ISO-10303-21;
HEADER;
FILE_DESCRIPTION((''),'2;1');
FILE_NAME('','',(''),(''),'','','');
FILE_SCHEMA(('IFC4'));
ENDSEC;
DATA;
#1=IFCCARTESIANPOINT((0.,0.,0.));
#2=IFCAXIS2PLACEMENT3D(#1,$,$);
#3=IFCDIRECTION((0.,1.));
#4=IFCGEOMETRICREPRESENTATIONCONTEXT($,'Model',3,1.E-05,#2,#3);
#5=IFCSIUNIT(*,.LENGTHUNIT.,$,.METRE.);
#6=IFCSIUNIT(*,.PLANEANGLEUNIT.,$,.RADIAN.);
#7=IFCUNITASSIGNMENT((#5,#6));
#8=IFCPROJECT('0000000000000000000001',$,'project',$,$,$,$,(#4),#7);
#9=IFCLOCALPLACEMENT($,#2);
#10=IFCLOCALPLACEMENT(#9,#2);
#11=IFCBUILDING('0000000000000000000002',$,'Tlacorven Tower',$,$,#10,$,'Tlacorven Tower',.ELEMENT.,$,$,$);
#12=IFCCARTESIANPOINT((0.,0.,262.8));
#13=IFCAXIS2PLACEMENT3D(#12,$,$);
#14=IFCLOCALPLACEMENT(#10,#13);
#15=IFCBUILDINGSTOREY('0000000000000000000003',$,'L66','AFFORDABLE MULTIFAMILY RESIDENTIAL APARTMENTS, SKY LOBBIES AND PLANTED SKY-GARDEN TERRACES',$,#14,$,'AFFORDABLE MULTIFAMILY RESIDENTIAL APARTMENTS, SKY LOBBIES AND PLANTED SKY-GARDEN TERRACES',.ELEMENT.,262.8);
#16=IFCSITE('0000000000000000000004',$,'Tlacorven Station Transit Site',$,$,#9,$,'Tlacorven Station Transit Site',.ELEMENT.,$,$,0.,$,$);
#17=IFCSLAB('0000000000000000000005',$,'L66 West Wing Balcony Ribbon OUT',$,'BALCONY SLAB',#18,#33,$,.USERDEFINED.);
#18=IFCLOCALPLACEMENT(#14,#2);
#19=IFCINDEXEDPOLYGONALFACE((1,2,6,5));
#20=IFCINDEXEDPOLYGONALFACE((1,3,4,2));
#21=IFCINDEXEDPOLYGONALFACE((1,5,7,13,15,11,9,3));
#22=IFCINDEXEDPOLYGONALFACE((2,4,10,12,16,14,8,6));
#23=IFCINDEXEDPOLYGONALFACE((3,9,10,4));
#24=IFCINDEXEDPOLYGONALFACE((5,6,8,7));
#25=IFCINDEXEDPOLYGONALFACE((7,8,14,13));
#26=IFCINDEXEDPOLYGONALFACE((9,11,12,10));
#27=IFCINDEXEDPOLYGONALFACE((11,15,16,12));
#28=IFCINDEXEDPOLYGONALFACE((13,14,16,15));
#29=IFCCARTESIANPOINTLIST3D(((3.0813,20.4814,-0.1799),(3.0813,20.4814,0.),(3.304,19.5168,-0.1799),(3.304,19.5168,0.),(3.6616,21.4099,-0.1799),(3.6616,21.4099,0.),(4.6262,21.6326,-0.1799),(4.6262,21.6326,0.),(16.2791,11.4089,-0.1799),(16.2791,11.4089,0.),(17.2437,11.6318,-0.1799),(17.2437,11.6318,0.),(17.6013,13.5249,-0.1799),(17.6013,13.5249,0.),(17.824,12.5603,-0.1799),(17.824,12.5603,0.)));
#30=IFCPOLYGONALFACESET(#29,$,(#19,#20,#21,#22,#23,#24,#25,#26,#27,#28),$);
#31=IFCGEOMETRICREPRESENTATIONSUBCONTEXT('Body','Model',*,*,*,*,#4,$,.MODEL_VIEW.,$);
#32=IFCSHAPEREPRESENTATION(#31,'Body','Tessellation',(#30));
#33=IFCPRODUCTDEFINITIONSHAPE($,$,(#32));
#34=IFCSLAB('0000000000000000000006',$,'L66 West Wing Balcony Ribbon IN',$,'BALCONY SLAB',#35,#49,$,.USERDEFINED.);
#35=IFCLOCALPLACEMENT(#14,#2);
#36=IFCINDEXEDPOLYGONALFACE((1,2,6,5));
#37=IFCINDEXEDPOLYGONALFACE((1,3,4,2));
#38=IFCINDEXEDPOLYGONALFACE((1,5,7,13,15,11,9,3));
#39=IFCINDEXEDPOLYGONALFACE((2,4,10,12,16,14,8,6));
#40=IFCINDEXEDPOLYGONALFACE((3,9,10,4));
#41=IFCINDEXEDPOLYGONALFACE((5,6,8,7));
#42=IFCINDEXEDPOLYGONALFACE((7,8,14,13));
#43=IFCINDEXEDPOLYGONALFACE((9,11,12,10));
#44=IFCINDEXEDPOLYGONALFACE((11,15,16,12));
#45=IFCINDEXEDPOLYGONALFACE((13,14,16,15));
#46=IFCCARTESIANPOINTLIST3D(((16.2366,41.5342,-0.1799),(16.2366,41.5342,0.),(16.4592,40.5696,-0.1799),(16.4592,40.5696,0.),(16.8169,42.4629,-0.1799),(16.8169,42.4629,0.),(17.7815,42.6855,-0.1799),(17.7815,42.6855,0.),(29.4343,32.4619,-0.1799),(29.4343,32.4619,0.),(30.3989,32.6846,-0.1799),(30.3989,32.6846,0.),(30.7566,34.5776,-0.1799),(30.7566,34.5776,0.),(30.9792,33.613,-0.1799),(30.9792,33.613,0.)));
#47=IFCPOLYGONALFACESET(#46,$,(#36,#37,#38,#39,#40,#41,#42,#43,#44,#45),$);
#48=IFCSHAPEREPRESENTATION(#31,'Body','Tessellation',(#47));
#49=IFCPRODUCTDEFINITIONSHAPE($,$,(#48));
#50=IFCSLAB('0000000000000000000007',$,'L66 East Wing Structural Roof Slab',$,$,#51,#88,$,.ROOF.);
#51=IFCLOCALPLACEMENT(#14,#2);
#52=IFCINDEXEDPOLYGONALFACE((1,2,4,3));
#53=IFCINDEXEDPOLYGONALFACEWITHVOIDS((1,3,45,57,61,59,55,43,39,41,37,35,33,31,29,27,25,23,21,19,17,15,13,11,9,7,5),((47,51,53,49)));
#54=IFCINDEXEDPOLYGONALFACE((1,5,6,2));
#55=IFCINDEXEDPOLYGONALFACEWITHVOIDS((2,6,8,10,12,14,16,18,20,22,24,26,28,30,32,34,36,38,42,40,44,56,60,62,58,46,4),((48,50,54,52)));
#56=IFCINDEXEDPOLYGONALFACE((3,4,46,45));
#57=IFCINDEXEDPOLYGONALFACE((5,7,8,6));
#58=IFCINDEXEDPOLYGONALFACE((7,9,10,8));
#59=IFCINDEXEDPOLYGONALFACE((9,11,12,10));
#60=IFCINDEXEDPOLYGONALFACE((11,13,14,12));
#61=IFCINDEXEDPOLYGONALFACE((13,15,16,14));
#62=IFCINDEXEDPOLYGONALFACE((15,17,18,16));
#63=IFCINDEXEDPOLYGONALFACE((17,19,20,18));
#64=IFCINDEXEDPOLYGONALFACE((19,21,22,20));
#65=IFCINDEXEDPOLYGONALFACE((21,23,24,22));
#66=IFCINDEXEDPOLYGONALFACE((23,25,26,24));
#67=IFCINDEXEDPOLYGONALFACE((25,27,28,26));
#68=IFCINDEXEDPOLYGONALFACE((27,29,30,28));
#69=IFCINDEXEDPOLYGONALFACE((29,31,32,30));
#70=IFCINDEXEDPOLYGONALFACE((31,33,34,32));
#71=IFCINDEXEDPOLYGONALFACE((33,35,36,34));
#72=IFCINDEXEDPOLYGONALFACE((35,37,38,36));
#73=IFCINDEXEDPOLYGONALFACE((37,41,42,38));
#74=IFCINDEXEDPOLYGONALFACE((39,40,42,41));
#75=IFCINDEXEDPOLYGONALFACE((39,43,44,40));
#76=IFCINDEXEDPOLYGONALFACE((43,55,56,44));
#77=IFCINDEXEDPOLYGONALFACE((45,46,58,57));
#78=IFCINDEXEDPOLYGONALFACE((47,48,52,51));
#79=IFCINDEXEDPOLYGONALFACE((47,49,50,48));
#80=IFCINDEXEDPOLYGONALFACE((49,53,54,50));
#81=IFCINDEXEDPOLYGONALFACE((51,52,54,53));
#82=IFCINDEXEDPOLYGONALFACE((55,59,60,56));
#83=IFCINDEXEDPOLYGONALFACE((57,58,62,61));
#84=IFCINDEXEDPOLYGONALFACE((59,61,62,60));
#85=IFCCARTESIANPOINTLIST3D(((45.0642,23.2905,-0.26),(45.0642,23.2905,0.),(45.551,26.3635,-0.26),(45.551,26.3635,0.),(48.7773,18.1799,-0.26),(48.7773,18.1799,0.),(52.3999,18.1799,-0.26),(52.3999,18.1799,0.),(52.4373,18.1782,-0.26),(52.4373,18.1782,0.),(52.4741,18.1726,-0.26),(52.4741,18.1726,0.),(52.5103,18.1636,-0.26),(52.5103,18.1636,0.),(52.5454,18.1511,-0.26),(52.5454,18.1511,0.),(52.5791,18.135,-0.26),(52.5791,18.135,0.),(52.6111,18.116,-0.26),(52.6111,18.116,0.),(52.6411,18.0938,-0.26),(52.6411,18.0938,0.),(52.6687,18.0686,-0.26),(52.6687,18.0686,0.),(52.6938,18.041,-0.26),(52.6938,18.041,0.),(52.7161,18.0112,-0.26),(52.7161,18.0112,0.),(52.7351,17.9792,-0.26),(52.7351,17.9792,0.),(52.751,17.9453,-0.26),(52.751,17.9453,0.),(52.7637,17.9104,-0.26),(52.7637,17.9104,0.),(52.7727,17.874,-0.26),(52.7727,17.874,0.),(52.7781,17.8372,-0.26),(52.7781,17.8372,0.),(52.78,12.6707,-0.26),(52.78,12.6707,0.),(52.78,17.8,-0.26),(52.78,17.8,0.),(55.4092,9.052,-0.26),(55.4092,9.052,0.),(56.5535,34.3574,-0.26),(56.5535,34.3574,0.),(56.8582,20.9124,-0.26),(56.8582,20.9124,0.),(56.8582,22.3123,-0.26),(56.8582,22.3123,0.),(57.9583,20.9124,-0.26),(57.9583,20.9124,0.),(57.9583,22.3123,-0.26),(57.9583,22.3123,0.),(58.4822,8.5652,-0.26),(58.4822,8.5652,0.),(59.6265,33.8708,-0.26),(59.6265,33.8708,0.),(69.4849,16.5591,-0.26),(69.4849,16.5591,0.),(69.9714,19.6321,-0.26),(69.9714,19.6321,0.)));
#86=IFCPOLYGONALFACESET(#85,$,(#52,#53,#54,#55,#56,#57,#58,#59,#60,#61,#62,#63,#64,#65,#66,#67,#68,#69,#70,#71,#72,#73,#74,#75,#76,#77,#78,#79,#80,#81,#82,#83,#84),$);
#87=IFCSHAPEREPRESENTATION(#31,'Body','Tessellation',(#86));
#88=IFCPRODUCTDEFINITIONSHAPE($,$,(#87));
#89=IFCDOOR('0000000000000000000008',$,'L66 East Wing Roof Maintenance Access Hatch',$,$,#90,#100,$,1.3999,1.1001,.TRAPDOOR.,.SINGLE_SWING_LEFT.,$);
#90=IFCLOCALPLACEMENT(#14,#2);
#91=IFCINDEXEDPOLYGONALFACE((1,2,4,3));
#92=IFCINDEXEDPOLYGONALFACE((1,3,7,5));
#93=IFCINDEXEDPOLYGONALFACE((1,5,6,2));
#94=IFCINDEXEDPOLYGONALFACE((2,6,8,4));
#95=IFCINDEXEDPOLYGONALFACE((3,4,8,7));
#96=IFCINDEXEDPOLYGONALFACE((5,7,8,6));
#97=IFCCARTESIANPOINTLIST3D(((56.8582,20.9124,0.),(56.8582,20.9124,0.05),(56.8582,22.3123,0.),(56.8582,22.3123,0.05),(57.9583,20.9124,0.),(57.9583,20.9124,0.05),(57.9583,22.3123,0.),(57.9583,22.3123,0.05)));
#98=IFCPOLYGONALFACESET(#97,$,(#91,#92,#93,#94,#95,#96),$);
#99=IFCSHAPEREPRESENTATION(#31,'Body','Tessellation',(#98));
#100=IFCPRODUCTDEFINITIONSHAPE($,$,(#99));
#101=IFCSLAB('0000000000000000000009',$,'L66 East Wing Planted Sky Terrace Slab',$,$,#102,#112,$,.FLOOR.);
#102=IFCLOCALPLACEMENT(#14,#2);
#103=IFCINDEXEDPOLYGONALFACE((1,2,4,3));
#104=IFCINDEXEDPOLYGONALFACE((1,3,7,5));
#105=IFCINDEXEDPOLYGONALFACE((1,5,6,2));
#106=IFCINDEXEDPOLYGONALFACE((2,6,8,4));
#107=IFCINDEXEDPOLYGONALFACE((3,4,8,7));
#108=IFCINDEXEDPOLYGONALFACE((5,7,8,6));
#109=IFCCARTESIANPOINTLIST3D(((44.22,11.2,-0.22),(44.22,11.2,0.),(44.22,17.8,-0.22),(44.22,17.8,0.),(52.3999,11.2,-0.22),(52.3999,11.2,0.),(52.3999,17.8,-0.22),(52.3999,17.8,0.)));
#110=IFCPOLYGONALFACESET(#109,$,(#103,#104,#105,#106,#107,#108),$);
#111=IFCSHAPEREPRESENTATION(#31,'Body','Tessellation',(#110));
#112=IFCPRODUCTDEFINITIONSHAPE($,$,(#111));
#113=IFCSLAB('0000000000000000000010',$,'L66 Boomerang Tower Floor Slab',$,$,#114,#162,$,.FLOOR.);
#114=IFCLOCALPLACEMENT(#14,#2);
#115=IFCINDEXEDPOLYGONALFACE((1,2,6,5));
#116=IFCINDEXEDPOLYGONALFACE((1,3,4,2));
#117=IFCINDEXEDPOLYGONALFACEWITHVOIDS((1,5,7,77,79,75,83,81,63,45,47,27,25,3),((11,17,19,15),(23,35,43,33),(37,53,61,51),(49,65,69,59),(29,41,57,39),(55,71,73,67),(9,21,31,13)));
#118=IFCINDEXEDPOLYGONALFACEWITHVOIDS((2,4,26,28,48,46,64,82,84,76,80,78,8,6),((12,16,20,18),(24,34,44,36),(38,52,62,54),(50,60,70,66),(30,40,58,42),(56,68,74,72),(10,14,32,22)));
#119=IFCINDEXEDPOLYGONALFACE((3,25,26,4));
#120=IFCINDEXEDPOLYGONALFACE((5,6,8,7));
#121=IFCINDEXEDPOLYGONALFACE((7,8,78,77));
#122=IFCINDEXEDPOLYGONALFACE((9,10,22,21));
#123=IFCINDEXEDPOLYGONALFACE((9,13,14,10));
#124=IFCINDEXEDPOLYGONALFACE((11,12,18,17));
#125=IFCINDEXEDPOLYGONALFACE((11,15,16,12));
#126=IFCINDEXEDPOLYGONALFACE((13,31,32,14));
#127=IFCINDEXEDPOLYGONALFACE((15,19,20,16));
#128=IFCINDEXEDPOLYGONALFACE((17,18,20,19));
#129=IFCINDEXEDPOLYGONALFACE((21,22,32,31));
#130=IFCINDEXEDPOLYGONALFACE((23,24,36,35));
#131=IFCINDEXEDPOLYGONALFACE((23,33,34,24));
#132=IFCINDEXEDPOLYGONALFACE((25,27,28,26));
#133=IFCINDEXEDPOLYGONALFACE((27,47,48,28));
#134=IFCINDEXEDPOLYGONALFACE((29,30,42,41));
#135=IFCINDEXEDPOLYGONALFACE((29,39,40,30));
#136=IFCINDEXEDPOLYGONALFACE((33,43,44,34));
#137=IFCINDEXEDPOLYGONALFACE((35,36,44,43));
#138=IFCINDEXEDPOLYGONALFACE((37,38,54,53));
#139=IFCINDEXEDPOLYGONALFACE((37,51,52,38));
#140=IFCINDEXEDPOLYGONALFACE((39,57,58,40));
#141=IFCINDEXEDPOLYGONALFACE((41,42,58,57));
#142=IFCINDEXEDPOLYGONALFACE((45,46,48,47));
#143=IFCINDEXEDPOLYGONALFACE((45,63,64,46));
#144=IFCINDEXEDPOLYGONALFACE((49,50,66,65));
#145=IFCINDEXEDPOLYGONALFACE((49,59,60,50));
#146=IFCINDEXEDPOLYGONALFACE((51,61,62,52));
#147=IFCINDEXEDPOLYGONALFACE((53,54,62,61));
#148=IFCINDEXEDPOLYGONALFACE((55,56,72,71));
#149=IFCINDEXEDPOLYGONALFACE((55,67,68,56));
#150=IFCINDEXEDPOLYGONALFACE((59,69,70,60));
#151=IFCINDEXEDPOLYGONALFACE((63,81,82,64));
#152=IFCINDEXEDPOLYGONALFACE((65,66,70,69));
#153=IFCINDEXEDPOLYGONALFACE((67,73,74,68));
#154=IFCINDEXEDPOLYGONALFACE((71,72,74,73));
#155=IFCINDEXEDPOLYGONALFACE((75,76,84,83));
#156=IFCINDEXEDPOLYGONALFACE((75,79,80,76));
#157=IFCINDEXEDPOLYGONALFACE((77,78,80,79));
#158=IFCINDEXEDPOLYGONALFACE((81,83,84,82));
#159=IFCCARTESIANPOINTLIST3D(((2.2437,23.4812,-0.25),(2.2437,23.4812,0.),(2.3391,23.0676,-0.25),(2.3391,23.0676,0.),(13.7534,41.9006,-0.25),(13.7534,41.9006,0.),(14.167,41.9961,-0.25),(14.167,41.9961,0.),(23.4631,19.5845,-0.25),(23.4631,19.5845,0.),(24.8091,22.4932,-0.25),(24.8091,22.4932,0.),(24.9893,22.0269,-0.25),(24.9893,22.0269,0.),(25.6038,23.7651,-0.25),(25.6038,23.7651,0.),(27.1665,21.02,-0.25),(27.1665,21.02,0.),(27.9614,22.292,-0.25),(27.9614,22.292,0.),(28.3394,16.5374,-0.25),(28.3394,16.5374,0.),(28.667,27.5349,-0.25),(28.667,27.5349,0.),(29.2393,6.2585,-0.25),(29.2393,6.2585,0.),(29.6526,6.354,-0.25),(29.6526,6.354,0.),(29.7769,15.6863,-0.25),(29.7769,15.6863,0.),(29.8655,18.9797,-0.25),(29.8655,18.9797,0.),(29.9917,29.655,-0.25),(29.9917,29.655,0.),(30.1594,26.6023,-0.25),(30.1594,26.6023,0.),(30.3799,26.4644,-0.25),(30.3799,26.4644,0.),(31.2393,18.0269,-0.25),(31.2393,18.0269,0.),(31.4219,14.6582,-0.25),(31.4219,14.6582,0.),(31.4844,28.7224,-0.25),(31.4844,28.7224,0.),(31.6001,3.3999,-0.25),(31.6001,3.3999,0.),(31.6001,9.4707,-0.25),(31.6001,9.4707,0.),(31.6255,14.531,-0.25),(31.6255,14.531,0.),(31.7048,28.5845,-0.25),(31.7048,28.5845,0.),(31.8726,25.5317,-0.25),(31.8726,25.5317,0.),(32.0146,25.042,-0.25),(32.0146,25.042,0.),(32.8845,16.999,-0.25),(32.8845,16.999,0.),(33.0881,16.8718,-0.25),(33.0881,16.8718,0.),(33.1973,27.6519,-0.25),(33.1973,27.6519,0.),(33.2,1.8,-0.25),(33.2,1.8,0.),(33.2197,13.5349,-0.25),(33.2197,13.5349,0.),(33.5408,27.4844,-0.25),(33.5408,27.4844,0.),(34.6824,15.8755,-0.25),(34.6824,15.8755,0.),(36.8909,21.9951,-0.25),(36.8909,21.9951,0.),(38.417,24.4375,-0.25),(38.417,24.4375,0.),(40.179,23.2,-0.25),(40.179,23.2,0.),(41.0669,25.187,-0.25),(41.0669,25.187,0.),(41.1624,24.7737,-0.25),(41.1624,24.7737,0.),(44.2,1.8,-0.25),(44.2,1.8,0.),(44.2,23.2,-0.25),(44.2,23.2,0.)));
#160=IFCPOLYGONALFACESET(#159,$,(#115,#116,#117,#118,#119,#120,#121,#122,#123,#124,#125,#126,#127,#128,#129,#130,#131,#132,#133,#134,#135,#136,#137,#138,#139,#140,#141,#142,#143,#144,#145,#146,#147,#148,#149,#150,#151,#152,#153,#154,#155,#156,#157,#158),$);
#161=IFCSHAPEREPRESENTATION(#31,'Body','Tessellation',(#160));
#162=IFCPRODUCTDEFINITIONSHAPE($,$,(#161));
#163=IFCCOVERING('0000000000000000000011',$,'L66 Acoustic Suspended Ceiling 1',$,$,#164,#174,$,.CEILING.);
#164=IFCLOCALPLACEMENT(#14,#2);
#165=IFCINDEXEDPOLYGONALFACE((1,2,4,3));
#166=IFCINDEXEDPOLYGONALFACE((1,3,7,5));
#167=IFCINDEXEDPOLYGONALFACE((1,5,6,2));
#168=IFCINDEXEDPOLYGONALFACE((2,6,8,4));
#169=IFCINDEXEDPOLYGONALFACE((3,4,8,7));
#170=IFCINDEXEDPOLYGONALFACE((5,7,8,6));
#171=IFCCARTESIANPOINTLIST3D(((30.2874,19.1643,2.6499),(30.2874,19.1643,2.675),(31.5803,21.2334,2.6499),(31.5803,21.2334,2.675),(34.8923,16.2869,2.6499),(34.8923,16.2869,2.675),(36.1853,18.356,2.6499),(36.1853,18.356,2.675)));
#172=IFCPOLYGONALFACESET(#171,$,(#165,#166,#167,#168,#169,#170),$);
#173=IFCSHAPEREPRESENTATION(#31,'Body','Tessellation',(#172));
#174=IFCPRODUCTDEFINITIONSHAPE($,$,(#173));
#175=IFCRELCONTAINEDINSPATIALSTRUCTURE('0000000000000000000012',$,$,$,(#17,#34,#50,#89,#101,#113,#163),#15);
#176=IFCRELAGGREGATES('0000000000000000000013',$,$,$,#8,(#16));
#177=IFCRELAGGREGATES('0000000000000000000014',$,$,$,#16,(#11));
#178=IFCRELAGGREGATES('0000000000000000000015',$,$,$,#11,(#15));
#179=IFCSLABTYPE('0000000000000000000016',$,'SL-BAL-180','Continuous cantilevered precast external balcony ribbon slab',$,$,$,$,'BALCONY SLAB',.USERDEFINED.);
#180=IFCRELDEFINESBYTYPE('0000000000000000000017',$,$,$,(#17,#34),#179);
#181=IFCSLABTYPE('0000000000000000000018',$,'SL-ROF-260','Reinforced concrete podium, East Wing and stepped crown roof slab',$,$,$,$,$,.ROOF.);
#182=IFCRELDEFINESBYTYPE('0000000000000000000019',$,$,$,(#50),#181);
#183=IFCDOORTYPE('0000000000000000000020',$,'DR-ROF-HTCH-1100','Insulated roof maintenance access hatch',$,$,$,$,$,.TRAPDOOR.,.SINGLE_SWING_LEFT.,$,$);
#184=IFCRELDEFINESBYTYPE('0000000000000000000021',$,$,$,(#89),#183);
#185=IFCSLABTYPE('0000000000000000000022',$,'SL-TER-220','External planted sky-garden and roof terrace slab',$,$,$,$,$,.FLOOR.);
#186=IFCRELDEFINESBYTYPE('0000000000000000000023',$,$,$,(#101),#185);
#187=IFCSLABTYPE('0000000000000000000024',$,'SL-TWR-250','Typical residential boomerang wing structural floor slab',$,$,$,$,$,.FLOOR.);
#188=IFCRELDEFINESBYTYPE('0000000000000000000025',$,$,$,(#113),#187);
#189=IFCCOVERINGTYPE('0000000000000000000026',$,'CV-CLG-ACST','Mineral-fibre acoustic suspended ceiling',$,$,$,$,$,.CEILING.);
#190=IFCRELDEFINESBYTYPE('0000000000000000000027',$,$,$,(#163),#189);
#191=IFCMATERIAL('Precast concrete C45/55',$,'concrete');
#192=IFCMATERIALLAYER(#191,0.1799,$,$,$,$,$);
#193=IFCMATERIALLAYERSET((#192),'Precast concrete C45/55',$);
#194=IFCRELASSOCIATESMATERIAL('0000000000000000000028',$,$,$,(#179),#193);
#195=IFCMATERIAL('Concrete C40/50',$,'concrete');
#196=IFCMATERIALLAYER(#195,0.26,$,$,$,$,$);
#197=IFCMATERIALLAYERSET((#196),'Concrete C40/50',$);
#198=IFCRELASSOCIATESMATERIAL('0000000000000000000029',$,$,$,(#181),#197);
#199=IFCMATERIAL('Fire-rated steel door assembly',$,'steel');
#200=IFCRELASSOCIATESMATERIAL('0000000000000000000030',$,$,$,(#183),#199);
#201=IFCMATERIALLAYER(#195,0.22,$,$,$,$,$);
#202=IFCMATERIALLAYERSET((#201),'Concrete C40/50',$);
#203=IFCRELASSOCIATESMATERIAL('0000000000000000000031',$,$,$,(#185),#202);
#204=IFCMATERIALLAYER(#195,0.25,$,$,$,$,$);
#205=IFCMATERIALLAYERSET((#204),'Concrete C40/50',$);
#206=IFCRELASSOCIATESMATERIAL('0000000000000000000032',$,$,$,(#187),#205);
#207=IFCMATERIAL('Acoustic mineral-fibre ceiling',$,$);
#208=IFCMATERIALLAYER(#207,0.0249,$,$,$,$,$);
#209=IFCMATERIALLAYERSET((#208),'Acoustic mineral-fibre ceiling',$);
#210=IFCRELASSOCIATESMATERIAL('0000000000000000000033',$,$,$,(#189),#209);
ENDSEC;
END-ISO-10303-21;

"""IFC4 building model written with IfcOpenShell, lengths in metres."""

from ifc_helpers import new_model, si_unit, direction, frame, origin, origin_2d, place, context, subcontext, project, spatial, polyline, rectangle, outline, extrude, material, layer, layer_set, type_object, element, fill, save


model = new_model("IFC4")

# Units and contexts
model_context = context("Model", 3, precision=1e-05, world=origin(), true_north=direction((0.0, 1.0)))
body_context = subcontext(model_context, "Body", "Model", "MODEL_VIEW")
ifc_project = project(units=[si_unit("LENGTHUNIT", "METRE"), si_unit("PLANEANGLEUNIT", "RADIAN")], contexts=[model_context])

# Site, building, storey
site_placement = place(None, origin())
site = spatial("IfcSite", under=ifc_project, at=site_placement, Name="Tlacorven Station Transit Site", LongName="Tlacorven Station Transit Site", CompositionType="ELEMENT", RefElevation=0.0)
building_placement = place(site_placement, origin())
building = spatial("IfcBuilding", under=site, at=building_placement, Name="Tlacorven Tower", LongName="Tlacorven Tower", CompositionType="ELEMENT")
storey_placement = place(building_placement, frame((0.0, 0.0, 262.8)))
storey = spatial("IfcBuildingStorey", under=building, at=storey_placement, Name="L66", Description="AFFORDABLE MULTIFAMILY RESIDENTIAL APARTMENTS, SKY LOBBIES AND PLANTED SKY-GARDEN TERRACES", LongName="AFFORDABLE MULTIFAMILY RESIDENTIAL APARTMENTS, SKY LOBBIES AND PLANTED SKY-GARDEN TERRACES", CompositionType="ELEMENT", Elevation=262.8)

# Slabs
ifc_material_1 = material(Name="Precast concrete C45/55", Category="concrete")
ifc_layer_1 = layer(ifc_material_1, 0.1799)
ifc_layer_set_1 = layer_set([ifc_layer_1], Name="Precast concrete C45/55")
slab_type_1 = type_object("IfcSlabType", Name="SL-BAL-180", Description="Continuous cantilevered precast external balcony ribbon slab", ElementType="BALCONY SLAB", PredefinedType="USERDEFINED", material=ifc_layer_set_1)
slab_1_placement = place(storey_placement, frame((0.0, 0.0, -0.1799)))
element("IfcSlab", 1, at=slab_1_placement, inside=storey, type_object=slab_type_1, Name="L66 West Wing Balcony Ribbon OUT", ObjectType="BALCONY SLAB", PredefinedType="USERDEFINED", context=body_context, shape_type="SweptSolid", body=[
    extrude(outline(polyline([(17.6013, 13.5249), (4.6262, 21.6326), (3.6616, 21.4099), (3.0813, 20.4814), (3.304, 19.5168), (16.2791, 11.4089), (17.2437, 11.6318), (17.824, 12.5603), (17.6013, 13.5249)])), origin(), (0.0, 0.0, 1.0), 0.1799),
])
slab_2_placement = place(storey_placement, frame((0.0, 0.0, -0.1799)))
element("IfcSlab", 2, at=slab_2_placement, inside=storey, type_object=slab_type_1, Name="L66 West Wing Balcony Ribbon IN", ObjectType="BALCONY SLAB", PredefinedType="USERDEFINED", context=body_context, shape_type="SweptSolid", body=[
    extrude(outline(polyline([(30.7566, 34.5776), (17.7815, 42.6855), (16.8169, 42.4629), (16.2366, 41.5342), (16.4592, 40.5696), (29.4343, 32.4619), (30.3989, 32.6846), (30.9792, 33.613), (30.7566, 34.5776)])), origin(), (0.0, 0.0, 1.0), 0.1799),
])

# Slab, opening, door
ifc_material_2 = material(Name="Concrete C40/50", Category="concrete")
ifc_layer_2 = layer(ifc_material_2, 0.26)
ifc_layer_set_2 = layer_set([ifc_layer_2], Name="Concrete C40/50")
slab_type_2 = type_object("IfcSlabType", Name="SL-ROF-260", Description="Reinforced concrete podium, East Wing and stepped crown roof slab", PredefinedType="ROOF", material=ifc_layer_set_2)
slab_3_placement = place(storey_placement, frame((0.0, 0.0, -0.26)))
slab_3 = element("IfcSlab", 3, at=slab_3_placement, inside=storey, type_object=slab_type_2, Name="L66 East Wing Structural Roof Slab", PredefinedType="ROOF", context=body_context, shape_type="SweptSolid", body=[
    extrude(outline(polyline([(52.78, 12.6707), (52.78, 17.8), (52.7781, 17.8372), (52.7727, 17.874), (52.7637, 17.9104), (52.751, 17.9453), (52.7351, 17.9792), (52.7161, 18.0112), (52.6938, 18.041), (52.6687, 18.0686), (52.6411, 18.0938), (52.6111, 18.116), (52.5791, 18.135), (52.5454, 18.1511), (52.5103, 18.1636), (52.4741, 18.1726), (52.4373, 18.1782), (52.3999, 18.1799), (48.7773, 18.1799), (45.0642, 23.2905), (45.551, 26.3635), (56.5535, 34.3574), (59.6265, 33.8708), (69.9714, 19.6321), (69.4849, 16.5591), (58.4822, 8.5652), (55.4092, 9.052), (52.78, 12.6707)])), origin(), (0.0, 0.0, 1.0), 0.26),
])
opening_placement = place(slab_3_placement, frame((57.4082, 21.6123, 0.0)))
opening = element("IfcOpeningElement", 4, at=opening_placement, cuts=slab_3, PredefinedType="OPENING", context=body_context, shape_type="SweptSolid", body=[
    extrude(rectangle(XDim=1.1001, YDim=1.3999, at=origin_2d()), frame((0.0, 0.0, -0.01)), (0.0, 0.0, 1.0), 0.3501),
])
ifc_material_3 = material(Name="Fire-rated steel door assembly", Category="steel")
door_type = type_object("IfcDoorType", Name="DR-ROF-HTCH-1100", Description="Insulated roof maintenance access hatch", OperationType="SINGLE_SWING_LEFT", PredefinedType="TRAPDOOR", material=ifc_material_3)
door_placement = place(opening_placement, frame((0.0, 0.0, 0.26)))
door = element("IfcDoor", 5, at=door_placement, inside=storey, type_object=door_type, Name="L66 East Wing Roof Maintenance Access Hatch", OperationType="SINGLE_SWING_LEFT", OverallHeight=1.3999, OverallWidth=1.1001, PredefinedType="TRAPDOOR", context=body_context, shape_type="SweptSolid", body=[
    extrude(rectangle(XDim=1.1001, YDim=1.3999, at=origin_2d()), origin(), (0.0, 0.0, 1.0), 0.05),
])
fill(opening, door)

# Slabs
ifc_layer_3 = layer(ifc_material_2, 0.22)
ifc_layer_set_3 = layer_set([ifc_layer_3], Name="Concrete C40/50")
slab_type_3 = type_object("IfcSlabType", Name="SL-TER-220", Description="External planted sky-garden and roof terrace slab", PredefinedType="FLOOR", material=ifc_layer_set_3)
slab_4_placement = place(storey_placement, frame((0.0, 0.0, -0.22)))
element("IfcSlab", 6, at=slab_4_placement, inside=storey, type_object=slab_type_3, Name="L66 East Wing Planted Sky Terrace Slab", PredefinedType="FLOOR", context=body_context, shape_type="SweptSolid", body=[
    extrude(outline(polyline([(44.22, 11.2), (52.3999, 11.2), (52.3999, 17.8), (44.22, 17.8), (44.22, 11.2)])), origin(), (0.0, 0.0, 1.0), 0.22),
])
ifc_layer_4 = layer(ifc_material_2, 0.25)
ifc_layer_set_4 = layer_set([ifc_layer_4], Name="Concrete C40/50")
slab_type_4 = type_object("IfcSlabType", Name="SL-TWR-250", Description="Typical residential boomerang wing structural floor slab", PredefinedType="FLOOR", material=ifc_layer_set_4)
slab_5_placement = place(storey_placement, frame((0.0, 0.0, -0.25)))
element("IfcSlab", 7, at=slab_5_placement, inside=storey, type_object=slab_type_4, Name="L66 Boomerang Tower Floor Slab", PredefinedType="FLOOR", context=body_context, shape_type="SweptSolid", body=[
    extrude(outline(polyline([(44.2, 23.2), (44.2, 1.8), (33.2, 1.8), (31.6001, 3.3999), (31.6001, 9.4707), (29.6526, 6.354), (29.2393, 6.2585), (2.3391, 23.0676), (2.2437, 23.4812), (13.7534, 41.9006), (14.167, 41.9961), (41.0669, 25.187), (41.1624, 24.7737), (40.179, 23.2), (44.2, 23.2)]), holes=[polyline([(29.8655, 18.9797), (24.9893, 22.0269), (23.4631, 19.5845), (28.3394, 16.5374), (29.8655, 18.9797)]), polyline([(38.417, 24.4375), (33.5408, 27.4844), (32.0146, 25.042), (36.8909, 21.9951), (38.417, 24.4375)]), polyline([(34.6824, 15.8755), (33.0881, 16.8718), (31.6255, 14.531), (33.2197, 13.5349), (34.6824, 15.8755)]), polyline([(32.8845, 16.999), (31.2393, 18.0269), (29.7769, 15.6863), (31.4219, 14.6582), (32.8845, 16.999)]), polyline([(33.1973, 27.6519), (31.7048, 28.5845), (30.3799, 26.4644), (31.8726, 25.5317), (33.1973, 27.6519)]), polyline([(31.4844, 28.7224), (29.9917, 29.655), (28.667, 27.5349), (30.1594, 26.6023), (31.4844, 28.7224)]), polyline([(27.9614, 22.292), (25.6038, 23.7651), (24.8091, 22.4932), (27.1665, 21.02), (27.9614, 22.292)])]), origin(), (0.0, 0.0, 1.0), 0.25),
])

# Covering
ifc_material_4 = material(Name="Acoustic mineral-fibre ceiling")
ifc_layer_5 = layer(ifc_material_4, 0.0249)
ifc_layer_set_5 = layer_set([ifc_layer_5], Name="Acoustic mineral-fibre ceiling")
covering_type_1 = type_object("IfcCoveringType", Name="CV-CLG-ACST", Description="Mineral-fibre acoustic suspended ceiling", PredefinedType="CEILING", material=ifc_layer_set_5)
covering_1_placement = place(storey_placement, frame((0.0, 0.0, 2.6499)))
element("IfcCovering", 8, at=covering_1_placement, inside=storey, type_object=covering_type_1, Name="L66 Acoustic Suspended Ceiling 1", PredefinedType="CEILING", context=body_context, shape_type="SweptSolid", body=[
    extrude(outline(polyline([(36.1853, 18.356), (34.8923, 16.2869), (30.2874, 19.1643), (31.5803, 21.2334), (36.1853, 18.356)])), origin(), (0.0, 0.0, 1.0), 0.0251),
])

save(model, "model.ifc")
